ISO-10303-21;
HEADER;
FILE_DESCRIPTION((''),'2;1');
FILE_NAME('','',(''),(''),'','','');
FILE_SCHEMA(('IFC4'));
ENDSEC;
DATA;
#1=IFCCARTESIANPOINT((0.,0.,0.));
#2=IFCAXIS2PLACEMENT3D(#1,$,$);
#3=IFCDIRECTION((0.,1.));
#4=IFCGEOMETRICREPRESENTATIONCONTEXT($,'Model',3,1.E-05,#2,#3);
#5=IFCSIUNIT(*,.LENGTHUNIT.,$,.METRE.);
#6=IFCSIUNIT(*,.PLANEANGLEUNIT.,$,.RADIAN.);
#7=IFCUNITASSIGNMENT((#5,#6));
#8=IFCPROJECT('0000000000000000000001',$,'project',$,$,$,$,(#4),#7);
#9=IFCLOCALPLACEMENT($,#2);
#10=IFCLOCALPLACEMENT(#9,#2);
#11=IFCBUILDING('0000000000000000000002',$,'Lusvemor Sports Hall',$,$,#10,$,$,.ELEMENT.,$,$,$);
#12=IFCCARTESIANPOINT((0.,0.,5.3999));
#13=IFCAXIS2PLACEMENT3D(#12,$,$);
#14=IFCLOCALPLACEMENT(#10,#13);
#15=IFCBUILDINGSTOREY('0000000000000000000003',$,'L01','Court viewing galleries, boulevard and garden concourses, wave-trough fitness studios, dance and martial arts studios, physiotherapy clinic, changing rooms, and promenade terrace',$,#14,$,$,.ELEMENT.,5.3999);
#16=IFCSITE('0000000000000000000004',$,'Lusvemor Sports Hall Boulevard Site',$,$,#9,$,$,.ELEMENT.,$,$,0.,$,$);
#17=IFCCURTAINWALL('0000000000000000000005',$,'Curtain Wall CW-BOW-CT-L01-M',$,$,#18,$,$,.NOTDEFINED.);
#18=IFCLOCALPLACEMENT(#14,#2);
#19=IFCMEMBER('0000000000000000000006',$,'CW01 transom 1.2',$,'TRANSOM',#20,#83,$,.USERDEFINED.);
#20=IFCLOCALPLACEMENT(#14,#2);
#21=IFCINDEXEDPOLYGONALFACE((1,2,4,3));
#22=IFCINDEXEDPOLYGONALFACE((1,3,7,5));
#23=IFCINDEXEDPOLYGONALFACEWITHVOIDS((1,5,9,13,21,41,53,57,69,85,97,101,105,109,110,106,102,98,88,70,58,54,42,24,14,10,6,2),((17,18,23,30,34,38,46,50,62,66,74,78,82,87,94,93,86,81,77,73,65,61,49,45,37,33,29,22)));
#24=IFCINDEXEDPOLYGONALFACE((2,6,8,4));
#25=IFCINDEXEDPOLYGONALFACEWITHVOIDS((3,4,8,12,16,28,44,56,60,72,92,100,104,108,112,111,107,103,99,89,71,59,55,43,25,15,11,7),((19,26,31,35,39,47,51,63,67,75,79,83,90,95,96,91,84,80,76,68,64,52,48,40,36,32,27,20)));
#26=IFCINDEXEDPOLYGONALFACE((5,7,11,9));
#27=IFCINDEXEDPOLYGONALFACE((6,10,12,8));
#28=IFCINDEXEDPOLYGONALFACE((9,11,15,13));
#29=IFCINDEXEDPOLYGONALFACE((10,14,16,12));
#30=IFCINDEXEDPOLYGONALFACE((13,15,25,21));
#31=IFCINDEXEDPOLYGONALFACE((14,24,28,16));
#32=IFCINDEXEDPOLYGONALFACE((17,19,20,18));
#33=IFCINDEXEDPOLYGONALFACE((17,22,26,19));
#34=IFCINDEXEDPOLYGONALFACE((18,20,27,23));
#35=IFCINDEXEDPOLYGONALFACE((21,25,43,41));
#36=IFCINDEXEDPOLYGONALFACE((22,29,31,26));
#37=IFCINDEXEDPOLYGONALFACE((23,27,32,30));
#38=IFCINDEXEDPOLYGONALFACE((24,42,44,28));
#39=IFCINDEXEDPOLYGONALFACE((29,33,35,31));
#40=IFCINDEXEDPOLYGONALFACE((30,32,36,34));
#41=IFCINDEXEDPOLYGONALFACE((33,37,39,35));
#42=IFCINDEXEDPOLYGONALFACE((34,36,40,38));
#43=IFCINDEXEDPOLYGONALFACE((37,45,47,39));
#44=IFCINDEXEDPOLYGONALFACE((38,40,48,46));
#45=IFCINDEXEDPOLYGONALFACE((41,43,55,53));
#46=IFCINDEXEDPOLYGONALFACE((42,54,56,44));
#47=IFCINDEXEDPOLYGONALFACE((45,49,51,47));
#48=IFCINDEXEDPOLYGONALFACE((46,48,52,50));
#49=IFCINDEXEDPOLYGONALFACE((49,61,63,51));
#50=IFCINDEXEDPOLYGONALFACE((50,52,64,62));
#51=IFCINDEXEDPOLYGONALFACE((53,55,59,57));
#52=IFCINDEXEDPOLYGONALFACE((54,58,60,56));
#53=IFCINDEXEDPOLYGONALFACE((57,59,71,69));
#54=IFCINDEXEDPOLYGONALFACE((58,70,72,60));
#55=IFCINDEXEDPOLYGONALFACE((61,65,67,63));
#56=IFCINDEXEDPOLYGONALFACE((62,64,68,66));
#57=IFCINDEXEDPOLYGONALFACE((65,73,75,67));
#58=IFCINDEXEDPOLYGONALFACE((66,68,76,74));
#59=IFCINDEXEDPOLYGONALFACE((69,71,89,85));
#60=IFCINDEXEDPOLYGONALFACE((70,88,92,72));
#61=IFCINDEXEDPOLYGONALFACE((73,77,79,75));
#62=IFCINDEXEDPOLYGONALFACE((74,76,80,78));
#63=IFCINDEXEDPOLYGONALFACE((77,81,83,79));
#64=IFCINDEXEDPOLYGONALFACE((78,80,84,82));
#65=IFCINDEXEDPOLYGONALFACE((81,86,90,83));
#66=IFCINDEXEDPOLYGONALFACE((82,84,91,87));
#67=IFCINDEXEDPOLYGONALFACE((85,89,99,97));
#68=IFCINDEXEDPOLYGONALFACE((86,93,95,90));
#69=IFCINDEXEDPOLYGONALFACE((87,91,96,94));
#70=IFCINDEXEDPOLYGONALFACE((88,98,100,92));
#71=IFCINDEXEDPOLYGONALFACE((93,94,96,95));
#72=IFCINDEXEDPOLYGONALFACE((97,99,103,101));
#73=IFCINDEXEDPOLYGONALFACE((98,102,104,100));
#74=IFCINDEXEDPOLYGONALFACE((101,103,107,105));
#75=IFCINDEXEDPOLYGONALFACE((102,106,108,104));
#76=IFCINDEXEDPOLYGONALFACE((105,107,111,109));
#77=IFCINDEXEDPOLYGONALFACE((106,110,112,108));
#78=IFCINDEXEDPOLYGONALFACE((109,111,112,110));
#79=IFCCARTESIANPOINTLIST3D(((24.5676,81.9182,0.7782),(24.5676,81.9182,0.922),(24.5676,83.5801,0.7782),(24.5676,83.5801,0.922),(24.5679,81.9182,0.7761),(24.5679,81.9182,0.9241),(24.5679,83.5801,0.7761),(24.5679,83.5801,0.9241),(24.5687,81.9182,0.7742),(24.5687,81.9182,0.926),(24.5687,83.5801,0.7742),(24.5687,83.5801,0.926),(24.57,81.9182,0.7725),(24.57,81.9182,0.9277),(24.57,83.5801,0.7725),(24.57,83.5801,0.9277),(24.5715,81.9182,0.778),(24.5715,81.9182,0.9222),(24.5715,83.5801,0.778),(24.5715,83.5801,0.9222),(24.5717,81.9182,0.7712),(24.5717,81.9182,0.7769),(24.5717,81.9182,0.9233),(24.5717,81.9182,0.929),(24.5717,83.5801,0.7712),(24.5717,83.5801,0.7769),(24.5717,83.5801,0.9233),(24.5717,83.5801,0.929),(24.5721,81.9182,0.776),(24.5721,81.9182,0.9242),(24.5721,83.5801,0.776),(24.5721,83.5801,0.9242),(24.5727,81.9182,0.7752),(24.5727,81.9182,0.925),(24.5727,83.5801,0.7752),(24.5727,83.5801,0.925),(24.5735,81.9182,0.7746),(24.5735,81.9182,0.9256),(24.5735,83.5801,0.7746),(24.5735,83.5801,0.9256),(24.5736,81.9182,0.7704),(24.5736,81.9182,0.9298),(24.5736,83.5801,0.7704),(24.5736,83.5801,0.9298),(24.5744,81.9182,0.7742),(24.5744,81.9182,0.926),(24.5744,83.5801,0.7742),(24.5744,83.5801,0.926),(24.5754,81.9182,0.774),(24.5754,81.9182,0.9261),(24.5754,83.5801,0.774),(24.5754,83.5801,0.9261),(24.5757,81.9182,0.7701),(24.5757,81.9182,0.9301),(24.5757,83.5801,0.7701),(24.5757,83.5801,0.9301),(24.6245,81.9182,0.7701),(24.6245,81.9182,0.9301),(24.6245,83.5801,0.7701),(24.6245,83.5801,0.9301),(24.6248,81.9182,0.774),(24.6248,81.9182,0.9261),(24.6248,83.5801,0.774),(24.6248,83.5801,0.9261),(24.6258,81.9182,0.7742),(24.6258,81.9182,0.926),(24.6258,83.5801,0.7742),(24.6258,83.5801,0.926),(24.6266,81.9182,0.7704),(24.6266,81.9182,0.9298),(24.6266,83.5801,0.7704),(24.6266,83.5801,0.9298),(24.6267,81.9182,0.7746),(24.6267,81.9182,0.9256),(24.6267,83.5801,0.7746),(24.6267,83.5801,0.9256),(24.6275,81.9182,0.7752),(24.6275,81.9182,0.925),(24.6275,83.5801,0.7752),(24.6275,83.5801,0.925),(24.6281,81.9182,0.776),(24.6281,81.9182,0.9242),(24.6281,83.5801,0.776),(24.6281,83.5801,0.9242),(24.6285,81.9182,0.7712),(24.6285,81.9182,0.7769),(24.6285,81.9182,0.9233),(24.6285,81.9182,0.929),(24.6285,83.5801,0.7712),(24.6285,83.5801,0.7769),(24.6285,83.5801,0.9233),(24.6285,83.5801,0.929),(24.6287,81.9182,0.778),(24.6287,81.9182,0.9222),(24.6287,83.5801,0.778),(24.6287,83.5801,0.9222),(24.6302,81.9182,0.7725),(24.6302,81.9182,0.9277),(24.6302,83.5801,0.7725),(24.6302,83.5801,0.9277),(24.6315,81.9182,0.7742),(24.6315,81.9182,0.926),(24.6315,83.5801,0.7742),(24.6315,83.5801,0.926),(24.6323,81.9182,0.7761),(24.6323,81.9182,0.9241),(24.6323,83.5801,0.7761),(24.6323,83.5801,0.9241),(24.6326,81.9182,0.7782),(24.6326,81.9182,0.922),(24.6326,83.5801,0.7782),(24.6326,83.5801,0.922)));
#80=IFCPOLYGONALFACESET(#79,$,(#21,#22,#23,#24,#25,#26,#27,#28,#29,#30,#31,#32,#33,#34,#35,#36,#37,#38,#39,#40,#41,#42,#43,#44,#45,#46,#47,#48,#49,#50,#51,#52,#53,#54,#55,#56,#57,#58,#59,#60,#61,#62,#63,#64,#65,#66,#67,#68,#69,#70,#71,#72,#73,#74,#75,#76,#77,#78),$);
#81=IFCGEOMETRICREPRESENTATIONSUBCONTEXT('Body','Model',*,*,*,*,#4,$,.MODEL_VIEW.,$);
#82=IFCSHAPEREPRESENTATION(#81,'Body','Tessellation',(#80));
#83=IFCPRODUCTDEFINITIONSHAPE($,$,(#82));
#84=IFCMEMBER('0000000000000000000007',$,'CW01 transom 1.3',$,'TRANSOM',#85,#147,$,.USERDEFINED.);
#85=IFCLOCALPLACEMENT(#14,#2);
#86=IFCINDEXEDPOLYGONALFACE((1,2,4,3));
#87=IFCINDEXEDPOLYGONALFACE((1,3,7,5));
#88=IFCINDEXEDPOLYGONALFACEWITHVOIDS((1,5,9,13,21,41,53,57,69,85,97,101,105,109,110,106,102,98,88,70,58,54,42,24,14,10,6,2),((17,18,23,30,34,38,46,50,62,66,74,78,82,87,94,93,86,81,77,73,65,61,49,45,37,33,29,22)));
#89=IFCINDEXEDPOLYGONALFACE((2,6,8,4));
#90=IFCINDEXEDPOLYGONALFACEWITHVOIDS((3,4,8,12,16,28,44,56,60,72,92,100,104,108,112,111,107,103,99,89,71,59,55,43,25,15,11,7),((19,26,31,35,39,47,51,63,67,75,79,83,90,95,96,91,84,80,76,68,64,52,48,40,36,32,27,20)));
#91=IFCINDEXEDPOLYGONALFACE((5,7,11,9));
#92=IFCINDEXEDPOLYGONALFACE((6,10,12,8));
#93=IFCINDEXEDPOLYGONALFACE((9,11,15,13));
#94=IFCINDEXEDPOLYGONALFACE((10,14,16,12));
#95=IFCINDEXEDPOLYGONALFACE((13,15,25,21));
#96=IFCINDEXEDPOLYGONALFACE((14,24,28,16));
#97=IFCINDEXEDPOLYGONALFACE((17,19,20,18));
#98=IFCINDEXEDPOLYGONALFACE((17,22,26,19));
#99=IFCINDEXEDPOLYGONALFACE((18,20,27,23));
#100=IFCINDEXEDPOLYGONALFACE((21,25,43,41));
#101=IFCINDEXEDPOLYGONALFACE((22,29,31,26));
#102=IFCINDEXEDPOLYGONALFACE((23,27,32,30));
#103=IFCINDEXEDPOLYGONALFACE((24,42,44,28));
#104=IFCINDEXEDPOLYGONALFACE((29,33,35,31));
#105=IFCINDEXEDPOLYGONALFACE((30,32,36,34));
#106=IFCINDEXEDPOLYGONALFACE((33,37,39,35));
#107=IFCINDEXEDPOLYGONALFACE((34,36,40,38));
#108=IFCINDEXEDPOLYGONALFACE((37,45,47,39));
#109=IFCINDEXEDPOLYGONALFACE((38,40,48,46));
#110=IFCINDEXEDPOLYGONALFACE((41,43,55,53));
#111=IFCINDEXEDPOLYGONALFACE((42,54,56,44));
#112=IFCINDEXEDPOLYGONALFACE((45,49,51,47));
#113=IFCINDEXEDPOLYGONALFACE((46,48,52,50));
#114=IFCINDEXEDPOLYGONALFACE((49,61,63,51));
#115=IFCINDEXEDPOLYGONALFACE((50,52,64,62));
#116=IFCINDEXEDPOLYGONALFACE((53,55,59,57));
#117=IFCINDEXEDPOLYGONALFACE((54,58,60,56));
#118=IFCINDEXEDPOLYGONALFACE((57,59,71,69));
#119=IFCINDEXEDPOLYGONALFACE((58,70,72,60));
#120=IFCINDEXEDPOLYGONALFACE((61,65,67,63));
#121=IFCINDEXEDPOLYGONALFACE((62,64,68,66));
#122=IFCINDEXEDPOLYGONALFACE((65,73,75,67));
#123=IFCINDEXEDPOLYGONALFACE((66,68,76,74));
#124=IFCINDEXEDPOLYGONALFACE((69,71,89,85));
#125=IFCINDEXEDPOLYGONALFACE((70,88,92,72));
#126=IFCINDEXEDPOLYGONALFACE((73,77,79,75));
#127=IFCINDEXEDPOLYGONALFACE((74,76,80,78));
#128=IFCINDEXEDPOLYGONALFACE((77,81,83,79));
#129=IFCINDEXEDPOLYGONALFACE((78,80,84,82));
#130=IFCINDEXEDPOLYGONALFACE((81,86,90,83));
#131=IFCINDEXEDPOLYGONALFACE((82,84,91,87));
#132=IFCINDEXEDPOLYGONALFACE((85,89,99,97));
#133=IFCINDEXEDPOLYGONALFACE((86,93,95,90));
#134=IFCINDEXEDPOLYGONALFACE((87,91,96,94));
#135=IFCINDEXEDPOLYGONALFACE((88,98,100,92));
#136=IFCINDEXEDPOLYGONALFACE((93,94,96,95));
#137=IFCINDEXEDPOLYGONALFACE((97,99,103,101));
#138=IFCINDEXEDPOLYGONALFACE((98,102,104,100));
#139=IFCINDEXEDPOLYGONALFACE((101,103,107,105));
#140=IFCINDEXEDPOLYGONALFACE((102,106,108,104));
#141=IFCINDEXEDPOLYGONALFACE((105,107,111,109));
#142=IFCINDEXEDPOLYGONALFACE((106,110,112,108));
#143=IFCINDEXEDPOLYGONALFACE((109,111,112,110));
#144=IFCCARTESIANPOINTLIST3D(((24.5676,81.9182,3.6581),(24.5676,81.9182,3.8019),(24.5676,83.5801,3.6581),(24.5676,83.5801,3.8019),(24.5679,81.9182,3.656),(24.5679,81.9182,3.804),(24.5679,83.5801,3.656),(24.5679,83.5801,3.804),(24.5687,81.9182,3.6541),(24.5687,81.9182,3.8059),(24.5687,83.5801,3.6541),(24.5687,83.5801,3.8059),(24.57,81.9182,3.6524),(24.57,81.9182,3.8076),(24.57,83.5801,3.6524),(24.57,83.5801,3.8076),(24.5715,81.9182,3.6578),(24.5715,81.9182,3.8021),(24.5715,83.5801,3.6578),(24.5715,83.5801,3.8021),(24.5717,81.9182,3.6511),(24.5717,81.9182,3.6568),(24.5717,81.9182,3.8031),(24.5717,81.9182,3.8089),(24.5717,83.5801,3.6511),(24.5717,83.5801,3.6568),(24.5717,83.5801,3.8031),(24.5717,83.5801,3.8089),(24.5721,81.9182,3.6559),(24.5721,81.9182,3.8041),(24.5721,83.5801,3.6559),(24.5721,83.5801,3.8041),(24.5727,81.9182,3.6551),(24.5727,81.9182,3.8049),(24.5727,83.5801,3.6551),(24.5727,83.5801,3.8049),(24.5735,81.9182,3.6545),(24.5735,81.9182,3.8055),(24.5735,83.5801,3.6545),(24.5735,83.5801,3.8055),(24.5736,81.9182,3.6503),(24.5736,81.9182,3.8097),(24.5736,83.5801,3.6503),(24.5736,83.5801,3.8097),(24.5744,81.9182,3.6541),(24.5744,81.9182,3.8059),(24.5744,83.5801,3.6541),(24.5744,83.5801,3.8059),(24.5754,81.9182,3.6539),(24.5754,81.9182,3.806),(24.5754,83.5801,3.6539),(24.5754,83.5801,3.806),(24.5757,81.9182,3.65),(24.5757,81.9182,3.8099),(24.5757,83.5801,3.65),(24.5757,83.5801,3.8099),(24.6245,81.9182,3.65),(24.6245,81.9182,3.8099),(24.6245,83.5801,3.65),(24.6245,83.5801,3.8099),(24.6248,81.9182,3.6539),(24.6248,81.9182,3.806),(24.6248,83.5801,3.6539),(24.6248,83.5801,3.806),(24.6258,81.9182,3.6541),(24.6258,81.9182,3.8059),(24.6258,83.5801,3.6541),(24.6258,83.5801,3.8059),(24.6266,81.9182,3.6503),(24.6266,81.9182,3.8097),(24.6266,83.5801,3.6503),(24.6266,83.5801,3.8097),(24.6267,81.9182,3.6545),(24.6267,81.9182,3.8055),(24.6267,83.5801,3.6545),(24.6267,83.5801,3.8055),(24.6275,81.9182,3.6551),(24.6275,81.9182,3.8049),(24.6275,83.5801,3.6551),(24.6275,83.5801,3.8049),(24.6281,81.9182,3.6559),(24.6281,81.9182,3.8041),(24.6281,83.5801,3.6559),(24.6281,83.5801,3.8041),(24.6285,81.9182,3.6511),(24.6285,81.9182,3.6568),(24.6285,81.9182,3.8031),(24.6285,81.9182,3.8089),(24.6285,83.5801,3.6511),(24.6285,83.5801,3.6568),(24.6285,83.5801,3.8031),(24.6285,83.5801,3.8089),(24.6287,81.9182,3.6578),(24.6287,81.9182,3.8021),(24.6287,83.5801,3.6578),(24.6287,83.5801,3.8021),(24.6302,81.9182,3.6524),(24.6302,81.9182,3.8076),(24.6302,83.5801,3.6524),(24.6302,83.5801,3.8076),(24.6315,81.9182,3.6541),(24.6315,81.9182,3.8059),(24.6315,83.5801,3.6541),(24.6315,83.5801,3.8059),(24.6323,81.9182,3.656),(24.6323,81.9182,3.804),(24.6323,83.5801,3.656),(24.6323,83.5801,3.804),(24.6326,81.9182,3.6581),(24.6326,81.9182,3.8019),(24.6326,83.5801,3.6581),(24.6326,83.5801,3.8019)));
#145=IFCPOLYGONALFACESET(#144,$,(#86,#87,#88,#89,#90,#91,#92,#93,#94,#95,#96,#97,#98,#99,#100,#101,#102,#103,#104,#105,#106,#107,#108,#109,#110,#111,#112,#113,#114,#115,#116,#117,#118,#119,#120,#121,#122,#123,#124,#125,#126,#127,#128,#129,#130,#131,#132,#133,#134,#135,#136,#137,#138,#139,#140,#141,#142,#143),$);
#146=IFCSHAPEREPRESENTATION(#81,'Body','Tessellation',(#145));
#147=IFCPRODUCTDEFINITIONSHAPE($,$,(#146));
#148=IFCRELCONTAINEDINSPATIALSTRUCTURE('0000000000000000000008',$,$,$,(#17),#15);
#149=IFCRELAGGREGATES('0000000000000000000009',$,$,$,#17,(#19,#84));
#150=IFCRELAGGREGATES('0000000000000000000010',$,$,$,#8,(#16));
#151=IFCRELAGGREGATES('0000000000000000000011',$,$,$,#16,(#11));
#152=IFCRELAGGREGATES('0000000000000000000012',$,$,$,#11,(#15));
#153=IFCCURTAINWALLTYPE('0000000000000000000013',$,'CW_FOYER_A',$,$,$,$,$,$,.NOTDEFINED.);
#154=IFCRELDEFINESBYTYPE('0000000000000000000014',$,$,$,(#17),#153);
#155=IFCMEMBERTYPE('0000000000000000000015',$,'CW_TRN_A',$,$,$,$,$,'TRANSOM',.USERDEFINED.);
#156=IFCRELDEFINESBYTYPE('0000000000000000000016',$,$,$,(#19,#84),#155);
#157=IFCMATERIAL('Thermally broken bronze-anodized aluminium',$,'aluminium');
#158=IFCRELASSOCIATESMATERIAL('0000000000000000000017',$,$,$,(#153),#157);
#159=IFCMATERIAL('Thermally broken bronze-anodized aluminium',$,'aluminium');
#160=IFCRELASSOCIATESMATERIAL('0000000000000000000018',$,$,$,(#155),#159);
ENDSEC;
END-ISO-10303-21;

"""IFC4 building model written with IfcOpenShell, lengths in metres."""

from ifc_helpers import new_model, si_unit, direction, frame, origin, origin_2d, place, context, subcontext, project, spatial, hollow_rectangle, extrude, material, material_profile, profile_set, type_object, element, aggregate, save


model = new_model("IFC4")

# Units and contexts
model_context = context("Model", 3, precision=1e-05, world=origin(), true_north=direction((0.0, 1.0)))
body_context = subcontext(model_context, "Body", "Model", "MODEL_VIEW")
ifc_project = project(units=[si_unit("LENGTHUNIT", "METRE"), si_unit("PLANEANGLEUNIT", "RADIAN")], contexts=[model_context])

# Site, building, storey
site_placement = place(None, origin())
site = spatial("IfcSite", under=ifc_project, at=site_placement, Name="Lusvemor Sports Hall Boulevard Site", CompositionType="ELEMENT", RefElevation=0.0)
building_placement = place(site_placement, origin())
building = spatial("IfcBuilding", under=site, at=building_placement, Name="Lusvemor Sports Hall", CompositionType="ELEMENT")
storey_placement = place(building_placement, frame((0.0, 0.0, 5.3999)))
storey = spatial("IfcBuildingStorey", under=building, at=storey_placement, Name="L01", Description="Court viewing galleries, boulevard and garden concourses, wave-trough fitness studios, dance and martial arts studios, physiotherapy clinic, changing rooms, and promenade terrace", CompositionType="ELEMENT", Elevation=5.3999)

# Curtain wall
ifc_material_1 = material(Name="Thermally broken bronze-anodized aluminium", Category="aluminium")
curtain_wall_type_1 = type_object("IfcCurtainWallType", Name="CW_FOYER_A", PredefinedType="NOTDEFINED", material=ifc_material_1)
curtain_wall_1_placement = place(storey_placement, origin())
curtain_wall_1 = element("IfcCurtainWall", 1, at=curtain_wall_1_placement, inside=storey, type_object=curtain_wall_type_1, Name="Curtain Wall CW-BOW-CT-L01-M", PredefinedType="NOTDEFINED")

# Members
ifc_material_2 = material(Name="Thermally broken bronze-anodized aluminium", Category="aluminium")
ifc_material_profile_1 = material_profile(ifc_material_2, hollow_rectangle(XDim=0.0649, YDim=0.1599, WallThickness=0.0039, InnerFilletRadius=0.0039, OuterFilletRadius=0.0081, at=origin_2d()), Name="CWTRN160x65x4")
ifc_profile_set_1 = profile_set([ifc_material_profile_1], Name="Thermally broken bronze-anodized aluminium")
member_type_1 = type_object("IfcMemberType", Name="CW_TRN_A", ElementType="TRANSOM", PredefinedType="USERDEFINED", material=ifc_profile_set_1)
member_1_placement = place(storey_placement, frame((24.6001, 83.5801, 0.8501), z_axis=(0.0, -1.0, 0.0), x_axis=(1.0, 0.0, 0.0)))
member_1 = element("IfcMember", 2, at=member_1_placement, type_object=member_type_1, Name="CW01 transom 1.2", ObjectType="TRANSOM", PredefinedType="USERDEFINED", context=body_context, shape_type="SweptSolid", body=[
    extrude(hollow_rectangle(XDim=0.0649, YDim=0.1599, WallThickness=0.0039, InnerFilletRadius=0.0039, OuterFilletRadius=0.0081, at=origin_2d()), origin(), (0.0, 0.0, 1.0), 1.6619),
])
member_2_placement = place(storey_placement, frame((24.6001, 83.5801, 3.73), z_axis=(0.0, -1.0, 0.0), x_axis=(1.0, 0.0, 0.0)))
member_2 = element("IfcMember", 3, at=member_2_placement, type_object=member_type_1, Name="CW01 transom 1.3", ObjectType="TRANSOM", PredefinedType="USERDEFINED", context=body_context, shape_type="SweptSolid", body=[
    extrude(hollow_rectangle(XDim=0.0649, YDim=0.1599, WallThickness=0.0039, InnerFilletRadius=0.0039, OuterFilletRadius=0.0081, at=origin_2d()), origin(), (0.0, 0.0, 1.0), 1.6619),
])
aggregate(curtain_wall_1, [member_1, member_2])

save(model, "model.ifc")
